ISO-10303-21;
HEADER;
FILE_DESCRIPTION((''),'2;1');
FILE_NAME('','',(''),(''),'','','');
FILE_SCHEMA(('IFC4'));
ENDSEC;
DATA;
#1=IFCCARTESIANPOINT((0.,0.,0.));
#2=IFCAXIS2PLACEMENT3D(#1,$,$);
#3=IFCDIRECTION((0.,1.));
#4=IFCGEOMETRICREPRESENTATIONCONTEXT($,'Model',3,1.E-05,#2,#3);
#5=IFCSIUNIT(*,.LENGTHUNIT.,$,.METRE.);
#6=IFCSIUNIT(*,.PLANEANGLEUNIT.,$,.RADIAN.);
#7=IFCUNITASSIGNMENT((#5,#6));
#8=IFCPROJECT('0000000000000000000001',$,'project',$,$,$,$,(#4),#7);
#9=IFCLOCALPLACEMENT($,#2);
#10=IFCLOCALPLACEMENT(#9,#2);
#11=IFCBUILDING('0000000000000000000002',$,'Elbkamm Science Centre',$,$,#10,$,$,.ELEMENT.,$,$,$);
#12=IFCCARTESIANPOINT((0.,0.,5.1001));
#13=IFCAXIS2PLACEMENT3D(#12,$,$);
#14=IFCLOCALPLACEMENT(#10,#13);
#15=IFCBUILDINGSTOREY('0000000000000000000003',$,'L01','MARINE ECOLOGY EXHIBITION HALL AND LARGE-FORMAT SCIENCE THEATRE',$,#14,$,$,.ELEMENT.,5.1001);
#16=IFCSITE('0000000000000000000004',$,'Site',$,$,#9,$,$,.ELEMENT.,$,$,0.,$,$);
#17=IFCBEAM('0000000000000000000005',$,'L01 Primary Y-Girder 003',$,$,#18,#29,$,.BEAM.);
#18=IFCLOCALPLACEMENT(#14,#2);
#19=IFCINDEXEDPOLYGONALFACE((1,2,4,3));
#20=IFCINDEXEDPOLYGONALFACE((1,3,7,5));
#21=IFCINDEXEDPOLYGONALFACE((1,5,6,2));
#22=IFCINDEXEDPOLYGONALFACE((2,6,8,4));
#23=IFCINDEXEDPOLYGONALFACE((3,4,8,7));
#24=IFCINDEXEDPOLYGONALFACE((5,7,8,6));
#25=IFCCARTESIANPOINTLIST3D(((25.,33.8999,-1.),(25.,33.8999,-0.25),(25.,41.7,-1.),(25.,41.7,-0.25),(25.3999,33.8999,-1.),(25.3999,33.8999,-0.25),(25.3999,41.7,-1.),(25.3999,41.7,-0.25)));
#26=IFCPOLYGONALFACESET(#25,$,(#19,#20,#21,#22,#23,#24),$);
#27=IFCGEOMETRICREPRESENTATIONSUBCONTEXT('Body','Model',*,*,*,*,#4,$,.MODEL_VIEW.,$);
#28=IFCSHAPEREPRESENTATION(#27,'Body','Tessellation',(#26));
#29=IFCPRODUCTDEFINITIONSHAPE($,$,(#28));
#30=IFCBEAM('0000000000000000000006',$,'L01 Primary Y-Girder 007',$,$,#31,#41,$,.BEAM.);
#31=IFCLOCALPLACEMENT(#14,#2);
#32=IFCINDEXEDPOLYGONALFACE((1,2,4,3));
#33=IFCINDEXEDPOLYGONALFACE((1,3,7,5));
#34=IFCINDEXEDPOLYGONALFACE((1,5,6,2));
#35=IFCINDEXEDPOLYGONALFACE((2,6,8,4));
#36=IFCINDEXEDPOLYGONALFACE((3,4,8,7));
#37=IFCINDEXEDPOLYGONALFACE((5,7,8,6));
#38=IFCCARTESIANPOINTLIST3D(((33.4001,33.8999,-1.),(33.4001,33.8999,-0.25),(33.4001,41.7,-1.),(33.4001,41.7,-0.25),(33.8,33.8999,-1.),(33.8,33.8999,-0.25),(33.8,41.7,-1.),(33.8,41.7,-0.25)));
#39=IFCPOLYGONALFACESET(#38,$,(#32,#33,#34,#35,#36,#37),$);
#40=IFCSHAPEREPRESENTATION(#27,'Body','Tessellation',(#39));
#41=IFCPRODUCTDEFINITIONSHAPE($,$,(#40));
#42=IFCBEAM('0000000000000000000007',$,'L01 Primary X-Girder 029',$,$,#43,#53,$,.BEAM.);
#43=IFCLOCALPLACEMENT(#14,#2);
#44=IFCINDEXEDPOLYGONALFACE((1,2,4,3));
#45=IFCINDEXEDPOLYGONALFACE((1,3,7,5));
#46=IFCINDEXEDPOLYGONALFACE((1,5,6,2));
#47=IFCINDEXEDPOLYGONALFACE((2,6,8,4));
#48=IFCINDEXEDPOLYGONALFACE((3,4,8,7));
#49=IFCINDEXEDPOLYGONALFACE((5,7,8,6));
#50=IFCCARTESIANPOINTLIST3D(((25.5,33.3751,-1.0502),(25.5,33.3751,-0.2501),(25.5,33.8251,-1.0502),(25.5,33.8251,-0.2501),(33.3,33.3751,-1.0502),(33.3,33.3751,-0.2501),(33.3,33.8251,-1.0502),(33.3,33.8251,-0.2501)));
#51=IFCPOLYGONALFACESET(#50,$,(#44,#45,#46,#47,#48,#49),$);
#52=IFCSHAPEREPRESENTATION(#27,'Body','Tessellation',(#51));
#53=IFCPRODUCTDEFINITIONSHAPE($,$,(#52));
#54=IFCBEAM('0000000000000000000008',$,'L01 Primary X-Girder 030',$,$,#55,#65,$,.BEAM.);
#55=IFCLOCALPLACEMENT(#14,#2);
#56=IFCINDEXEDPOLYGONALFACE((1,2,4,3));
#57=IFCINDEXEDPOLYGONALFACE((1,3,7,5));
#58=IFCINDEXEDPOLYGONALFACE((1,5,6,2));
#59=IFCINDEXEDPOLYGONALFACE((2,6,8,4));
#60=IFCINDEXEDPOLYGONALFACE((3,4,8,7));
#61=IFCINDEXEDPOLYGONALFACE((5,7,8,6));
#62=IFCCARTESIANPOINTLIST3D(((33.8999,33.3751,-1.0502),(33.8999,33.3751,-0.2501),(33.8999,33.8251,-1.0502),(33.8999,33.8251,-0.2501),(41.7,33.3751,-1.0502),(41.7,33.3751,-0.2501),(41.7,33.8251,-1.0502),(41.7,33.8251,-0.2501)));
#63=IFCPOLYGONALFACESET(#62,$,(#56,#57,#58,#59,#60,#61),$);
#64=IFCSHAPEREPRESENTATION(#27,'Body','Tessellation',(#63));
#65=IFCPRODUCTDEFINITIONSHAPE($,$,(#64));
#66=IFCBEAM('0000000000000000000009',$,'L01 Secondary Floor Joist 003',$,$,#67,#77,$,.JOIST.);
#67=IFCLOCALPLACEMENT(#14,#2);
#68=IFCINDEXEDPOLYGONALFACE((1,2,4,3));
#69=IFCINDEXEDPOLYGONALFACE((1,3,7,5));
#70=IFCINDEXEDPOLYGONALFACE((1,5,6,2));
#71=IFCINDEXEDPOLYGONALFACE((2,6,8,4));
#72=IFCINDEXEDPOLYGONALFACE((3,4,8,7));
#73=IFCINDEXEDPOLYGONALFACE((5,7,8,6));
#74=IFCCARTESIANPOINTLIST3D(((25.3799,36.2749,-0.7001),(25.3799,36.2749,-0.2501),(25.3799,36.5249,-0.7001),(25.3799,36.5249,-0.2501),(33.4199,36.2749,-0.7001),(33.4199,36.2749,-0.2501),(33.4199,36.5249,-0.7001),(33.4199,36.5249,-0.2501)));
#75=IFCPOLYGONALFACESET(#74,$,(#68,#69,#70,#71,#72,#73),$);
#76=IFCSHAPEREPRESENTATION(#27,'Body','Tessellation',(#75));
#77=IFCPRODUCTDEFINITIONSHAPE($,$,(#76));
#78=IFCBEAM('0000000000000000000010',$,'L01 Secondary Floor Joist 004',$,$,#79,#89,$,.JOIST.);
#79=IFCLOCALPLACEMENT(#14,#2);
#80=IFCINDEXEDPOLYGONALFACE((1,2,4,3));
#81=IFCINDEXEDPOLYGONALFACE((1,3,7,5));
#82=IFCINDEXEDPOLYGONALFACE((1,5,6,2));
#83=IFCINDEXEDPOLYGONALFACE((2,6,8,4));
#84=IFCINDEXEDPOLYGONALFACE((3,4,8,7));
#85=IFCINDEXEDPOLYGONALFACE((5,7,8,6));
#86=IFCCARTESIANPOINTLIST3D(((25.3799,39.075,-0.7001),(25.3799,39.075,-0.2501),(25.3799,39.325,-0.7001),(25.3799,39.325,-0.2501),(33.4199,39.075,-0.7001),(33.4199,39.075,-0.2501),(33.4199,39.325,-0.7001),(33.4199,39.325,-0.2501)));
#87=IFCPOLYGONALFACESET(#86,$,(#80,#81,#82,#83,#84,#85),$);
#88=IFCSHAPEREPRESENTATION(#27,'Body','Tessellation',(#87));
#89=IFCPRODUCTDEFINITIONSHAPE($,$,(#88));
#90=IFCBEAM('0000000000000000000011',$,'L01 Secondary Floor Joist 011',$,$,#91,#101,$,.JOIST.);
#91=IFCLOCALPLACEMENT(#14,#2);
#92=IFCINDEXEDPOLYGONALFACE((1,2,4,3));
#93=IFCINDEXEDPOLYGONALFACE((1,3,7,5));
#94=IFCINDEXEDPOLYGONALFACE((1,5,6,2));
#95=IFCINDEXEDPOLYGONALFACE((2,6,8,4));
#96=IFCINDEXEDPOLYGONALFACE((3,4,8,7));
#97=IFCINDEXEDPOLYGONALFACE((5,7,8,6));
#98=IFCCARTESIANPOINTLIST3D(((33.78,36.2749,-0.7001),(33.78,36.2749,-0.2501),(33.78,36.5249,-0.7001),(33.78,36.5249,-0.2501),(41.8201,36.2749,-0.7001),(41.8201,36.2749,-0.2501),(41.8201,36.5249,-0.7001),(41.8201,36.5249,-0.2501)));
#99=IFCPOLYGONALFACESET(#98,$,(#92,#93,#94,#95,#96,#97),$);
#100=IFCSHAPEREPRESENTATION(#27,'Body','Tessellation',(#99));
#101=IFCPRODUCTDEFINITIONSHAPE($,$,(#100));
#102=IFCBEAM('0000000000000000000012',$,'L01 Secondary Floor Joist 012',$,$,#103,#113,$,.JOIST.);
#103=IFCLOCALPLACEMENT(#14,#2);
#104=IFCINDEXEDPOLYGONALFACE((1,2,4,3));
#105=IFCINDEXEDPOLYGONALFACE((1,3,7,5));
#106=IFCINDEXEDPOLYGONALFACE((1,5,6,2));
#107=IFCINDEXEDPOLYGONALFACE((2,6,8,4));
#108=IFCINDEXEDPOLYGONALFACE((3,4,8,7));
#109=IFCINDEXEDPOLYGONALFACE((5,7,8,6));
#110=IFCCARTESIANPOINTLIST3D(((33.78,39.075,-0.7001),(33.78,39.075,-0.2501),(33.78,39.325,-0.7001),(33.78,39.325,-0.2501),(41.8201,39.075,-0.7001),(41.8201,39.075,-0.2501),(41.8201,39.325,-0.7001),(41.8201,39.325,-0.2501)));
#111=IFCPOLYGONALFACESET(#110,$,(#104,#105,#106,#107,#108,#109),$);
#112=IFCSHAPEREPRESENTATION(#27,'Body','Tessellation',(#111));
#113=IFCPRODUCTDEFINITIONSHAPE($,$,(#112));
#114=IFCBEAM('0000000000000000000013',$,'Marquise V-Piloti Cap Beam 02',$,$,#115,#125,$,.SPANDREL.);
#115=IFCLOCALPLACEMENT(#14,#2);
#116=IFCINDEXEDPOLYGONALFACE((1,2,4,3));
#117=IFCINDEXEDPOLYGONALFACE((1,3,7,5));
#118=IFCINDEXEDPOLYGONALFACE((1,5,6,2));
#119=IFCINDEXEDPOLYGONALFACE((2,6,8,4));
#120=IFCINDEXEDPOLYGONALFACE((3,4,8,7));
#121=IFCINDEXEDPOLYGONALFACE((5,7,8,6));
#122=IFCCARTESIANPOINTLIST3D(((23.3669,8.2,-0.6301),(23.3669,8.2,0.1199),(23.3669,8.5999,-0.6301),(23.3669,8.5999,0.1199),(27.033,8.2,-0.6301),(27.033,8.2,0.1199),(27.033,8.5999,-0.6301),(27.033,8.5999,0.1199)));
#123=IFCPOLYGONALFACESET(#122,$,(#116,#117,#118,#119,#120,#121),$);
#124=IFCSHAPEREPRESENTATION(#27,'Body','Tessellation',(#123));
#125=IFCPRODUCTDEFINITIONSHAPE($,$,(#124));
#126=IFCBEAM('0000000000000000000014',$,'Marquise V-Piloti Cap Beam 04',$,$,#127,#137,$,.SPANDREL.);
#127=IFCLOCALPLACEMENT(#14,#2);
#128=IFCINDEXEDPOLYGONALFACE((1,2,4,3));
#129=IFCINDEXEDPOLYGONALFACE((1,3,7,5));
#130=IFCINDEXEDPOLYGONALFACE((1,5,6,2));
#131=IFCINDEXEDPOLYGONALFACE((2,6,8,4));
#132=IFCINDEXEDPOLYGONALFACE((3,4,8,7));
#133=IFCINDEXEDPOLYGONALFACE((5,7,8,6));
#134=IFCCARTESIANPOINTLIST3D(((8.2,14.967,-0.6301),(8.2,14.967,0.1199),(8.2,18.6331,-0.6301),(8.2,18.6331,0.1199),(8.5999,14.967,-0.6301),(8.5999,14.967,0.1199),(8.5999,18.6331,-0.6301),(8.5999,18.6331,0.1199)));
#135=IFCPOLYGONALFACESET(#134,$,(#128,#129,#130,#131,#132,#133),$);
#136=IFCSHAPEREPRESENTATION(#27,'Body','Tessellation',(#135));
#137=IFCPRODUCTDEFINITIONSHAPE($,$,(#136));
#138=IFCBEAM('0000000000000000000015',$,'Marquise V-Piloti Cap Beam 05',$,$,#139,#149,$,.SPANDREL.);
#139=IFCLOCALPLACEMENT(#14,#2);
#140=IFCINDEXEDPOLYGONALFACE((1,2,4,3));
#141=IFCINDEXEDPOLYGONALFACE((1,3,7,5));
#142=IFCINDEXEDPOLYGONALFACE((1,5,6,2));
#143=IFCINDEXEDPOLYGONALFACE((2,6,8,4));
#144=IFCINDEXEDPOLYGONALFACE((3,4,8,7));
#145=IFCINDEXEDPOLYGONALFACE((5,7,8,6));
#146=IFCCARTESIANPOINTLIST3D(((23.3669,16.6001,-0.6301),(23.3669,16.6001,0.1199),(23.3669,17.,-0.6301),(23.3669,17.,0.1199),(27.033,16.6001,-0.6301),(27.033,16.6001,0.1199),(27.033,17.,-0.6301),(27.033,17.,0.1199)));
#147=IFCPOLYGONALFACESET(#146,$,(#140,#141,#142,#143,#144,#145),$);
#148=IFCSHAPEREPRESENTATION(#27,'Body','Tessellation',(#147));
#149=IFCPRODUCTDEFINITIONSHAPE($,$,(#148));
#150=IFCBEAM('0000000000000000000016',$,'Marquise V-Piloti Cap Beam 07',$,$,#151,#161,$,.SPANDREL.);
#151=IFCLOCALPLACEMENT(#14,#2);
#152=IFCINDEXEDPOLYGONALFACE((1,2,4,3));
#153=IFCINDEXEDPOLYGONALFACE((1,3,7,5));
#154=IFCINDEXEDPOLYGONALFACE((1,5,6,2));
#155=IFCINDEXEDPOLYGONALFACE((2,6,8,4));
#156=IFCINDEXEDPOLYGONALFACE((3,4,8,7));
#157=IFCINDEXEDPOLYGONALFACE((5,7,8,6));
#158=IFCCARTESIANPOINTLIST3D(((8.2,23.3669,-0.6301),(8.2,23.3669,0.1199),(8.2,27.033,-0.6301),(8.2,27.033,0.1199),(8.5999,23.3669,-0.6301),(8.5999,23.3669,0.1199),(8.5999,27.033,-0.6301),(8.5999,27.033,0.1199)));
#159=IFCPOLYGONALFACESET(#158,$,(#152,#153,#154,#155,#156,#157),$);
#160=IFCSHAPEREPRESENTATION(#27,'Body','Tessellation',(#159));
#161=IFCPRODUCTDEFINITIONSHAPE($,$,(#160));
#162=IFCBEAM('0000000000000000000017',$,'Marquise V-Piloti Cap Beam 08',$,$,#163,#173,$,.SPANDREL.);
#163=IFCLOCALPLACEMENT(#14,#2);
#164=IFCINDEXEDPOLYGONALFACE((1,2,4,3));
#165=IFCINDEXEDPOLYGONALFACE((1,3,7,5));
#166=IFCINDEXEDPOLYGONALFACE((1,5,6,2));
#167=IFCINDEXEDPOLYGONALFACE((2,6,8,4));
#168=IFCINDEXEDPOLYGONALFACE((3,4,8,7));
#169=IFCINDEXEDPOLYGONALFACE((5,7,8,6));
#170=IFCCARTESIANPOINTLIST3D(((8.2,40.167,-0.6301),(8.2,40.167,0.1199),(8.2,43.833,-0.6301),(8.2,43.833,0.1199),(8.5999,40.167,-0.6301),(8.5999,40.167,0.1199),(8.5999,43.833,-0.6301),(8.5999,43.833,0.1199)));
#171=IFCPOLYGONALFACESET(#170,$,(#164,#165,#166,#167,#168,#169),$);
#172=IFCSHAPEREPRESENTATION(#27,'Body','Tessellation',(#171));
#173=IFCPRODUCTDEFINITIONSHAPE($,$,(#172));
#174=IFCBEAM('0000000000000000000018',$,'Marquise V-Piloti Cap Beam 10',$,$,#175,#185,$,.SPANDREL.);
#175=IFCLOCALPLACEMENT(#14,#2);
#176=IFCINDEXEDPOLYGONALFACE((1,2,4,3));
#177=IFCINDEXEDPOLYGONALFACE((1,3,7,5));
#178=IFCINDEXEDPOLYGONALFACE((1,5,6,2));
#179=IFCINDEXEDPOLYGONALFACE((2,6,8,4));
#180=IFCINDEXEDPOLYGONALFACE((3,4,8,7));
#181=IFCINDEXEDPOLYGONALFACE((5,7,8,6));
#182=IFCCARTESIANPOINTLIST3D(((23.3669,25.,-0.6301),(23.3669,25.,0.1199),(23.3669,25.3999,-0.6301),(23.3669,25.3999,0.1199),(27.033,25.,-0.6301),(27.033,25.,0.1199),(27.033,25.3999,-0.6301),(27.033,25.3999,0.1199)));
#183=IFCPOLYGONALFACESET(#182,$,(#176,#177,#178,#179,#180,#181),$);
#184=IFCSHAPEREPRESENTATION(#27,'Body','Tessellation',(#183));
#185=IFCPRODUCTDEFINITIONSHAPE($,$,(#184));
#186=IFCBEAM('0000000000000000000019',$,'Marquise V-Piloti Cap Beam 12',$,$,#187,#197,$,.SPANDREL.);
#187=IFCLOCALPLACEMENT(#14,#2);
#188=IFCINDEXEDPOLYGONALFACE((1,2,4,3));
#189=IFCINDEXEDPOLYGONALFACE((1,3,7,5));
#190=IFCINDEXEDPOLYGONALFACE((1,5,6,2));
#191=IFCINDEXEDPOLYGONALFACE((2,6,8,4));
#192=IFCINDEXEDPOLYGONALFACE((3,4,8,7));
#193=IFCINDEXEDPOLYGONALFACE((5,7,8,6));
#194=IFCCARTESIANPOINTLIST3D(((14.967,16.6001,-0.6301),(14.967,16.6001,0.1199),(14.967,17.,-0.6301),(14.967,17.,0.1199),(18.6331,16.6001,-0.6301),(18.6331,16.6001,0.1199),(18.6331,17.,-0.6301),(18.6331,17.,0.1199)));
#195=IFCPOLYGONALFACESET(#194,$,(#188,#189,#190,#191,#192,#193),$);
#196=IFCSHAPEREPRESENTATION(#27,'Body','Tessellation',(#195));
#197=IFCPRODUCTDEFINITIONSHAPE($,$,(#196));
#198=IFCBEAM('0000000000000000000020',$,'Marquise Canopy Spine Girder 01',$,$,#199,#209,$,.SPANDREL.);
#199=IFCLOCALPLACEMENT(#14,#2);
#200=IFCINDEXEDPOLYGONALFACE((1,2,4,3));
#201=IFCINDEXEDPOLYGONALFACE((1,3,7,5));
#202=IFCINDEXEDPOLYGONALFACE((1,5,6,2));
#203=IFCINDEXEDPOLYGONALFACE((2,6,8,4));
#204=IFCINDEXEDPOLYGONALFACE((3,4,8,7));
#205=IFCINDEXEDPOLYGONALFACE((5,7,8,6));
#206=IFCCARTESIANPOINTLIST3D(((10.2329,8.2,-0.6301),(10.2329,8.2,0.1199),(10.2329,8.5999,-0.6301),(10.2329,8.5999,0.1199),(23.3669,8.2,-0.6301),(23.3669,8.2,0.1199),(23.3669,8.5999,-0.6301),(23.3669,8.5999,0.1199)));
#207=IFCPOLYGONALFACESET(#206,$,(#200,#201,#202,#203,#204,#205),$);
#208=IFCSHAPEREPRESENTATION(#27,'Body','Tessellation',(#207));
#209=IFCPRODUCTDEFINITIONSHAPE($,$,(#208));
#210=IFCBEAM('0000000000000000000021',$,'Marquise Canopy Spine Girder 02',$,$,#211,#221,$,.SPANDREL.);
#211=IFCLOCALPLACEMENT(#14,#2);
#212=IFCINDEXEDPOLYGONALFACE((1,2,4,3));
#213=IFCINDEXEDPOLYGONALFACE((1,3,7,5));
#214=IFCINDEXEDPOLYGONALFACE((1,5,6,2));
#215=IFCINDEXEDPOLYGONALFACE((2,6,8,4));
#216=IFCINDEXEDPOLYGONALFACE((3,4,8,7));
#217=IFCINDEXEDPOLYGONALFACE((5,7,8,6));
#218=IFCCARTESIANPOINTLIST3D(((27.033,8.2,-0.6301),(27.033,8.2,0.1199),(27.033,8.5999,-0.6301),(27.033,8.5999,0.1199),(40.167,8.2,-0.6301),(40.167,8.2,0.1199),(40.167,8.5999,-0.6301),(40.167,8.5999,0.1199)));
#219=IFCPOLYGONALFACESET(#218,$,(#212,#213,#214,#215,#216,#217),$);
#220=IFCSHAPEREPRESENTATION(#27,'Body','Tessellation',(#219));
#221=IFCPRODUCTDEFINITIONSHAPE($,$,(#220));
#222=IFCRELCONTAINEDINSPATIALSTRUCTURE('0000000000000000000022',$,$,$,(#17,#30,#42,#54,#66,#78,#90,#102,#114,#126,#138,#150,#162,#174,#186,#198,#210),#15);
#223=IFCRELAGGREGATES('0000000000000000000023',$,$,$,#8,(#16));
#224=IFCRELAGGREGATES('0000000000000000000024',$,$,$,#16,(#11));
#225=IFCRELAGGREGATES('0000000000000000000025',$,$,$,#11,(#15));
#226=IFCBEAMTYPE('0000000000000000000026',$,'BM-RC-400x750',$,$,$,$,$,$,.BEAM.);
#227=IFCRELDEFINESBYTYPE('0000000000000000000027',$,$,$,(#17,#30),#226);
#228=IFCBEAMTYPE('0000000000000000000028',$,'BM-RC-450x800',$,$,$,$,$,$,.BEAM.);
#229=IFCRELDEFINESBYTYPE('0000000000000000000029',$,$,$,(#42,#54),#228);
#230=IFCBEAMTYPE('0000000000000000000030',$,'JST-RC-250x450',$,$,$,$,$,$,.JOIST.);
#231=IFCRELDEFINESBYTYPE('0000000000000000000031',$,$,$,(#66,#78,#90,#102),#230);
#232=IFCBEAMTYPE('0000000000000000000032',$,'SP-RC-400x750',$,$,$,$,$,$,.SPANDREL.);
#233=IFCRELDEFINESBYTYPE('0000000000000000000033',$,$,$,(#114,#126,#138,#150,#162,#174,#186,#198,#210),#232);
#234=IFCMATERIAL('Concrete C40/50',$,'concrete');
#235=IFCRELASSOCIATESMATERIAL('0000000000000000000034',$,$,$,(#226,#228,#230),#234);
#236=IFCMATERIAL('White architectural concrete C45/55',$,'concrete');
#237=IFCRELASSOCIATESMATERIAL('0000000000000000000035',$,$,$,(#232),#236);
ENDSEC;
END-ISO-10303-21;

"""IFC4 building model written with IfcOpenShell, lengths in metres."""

from ifc_helpers import new_model, si_unit, direction, frame, origin, origin_2d, place, context, subcontext, project, spatial, rectangle, extrude, material, material_profile, profile_set, type_object, element, save


model = new_model("IFC4")

# Units and contexts
model_context = context("Model", 3, precision=1e-05, world=origin(), true_north=direction((0.0, 1.0)))
body_context = subcontext(model_context, "Body", "Model", "MODEL_VIEW")
ifc_project = project(units=[si_unit("LENGTHUNIT", "METRE"), si_unit("PLANEANGLEUNIT", "RADIAN")], contexts=[model_context])

# Site, building, storey
site_placement = place(None, origin())
site = spatial("IfcSite", under=ifc_project, at=site_placement, Name="Site", CompositionType="ELEMENT", RefElevation=0.0)
building_placement = place(site_placement, origin())
building = spatial("IfcBuilding", under=site, at=building_placement, Name="Elbkamm Science Centre", CompositionType="ELEMENT")
storey_placement = place(building_placement, frame((0.0, 0.0, 5.1001)))
storey = spatial("IfcBuildingStorey", under=building, at=storey_placement, Name="L01", Description="MARINE ECOLOGY EXHIBITION HALL AND LARGE-FORMAT SCIENCE THEATRE", CompositionType="ELEMENT", Elevation=5.1001)

# Beams
ifc_material_1 = material(Name="Concrete C40/50", Category="concrete")
ifc_material_profile_1 = material_profile(ifc_material_1, rectangle(XDim=0.3999, YDim=0.75, at=origin_2d()), Name="RC 400x750")
ifc_profile_set_1 = profile_set([ifc_material_profile_1], Name="Concrete C40/50")
beam_type_1 = type_object("IfcBeamType", Name="BM-RC-400x750", PredefinedType="BEAM", material=ifc_profile_set_1)
for number, where, z_axis, x_axis, name in (
    (1, (25.2, 33.8999, -0.625), (0.0, 1.0, 0.0), (-1.0, 0.0, 0.0), "L01 Primary Y-Girder 003"),
    (2, (33.6001, 33.8999, -0.625), (0.0, 1.0, 0.0), (-1.0, 0.0, 0.0), "L01 Primary Y-Girder 007"),
):
    element("IfcBeam", number, at=place(storey_placement, frame(where, z_axis=z_axis, x_axis=x_axis)), inside=storey, type_object=beam_type_1, Name=name, PredefinedType="BEAM", context=body_context, shape_type="SweptSolid", body=[
        extrude(rectangle(XDim=0.3999, YDim=0.75, at=origin_2d()), origin(), (0.0, 0.0, 1.0), 7.8),
    ])
ifc_material_profile_2 = material_profile(ifc_material_1, rectangle(XDim=0.45, YDim=0.8, at=origin_2d()), Name="RC 450x800")
ifc_profile_set_2 = profile_set([ifc_material_profile_2], Name="Concrete C40/50")
beam_type_2 = type_object("IfcBeamType", Name="BM-RC-450x800", PredefinedType="BEAM", material=ifc_profile_set_2)
for number, where, z_axis, x_axis, name in (
    (3, (25.5, 33.6001, -0.6501), (1.0, 0.0, 0.0), (0.0, 1.0, 0.0), "L01 Primary X-Girder 029"),
    (4, (33.8999, 33.6001, -0.6501), (1.0, 0.0, 0.0), (0.0, 1.0, 0.0), "L01 Primary X-Girder 030"),
):
    element("IfcBeam", number, at=place(storey_placement, frame(where, z_axis=z_axis, x_axis=x_axis)), inside=storey, type_object=beam_type_2, Name=name, PredefinedType="BEAM", context=body_context, shape_type="SweptSolid", body=[
        extrude(rectangle(XDim=0.45, YDim=0.8, at=origin_2d()), origin(), (0.0, 0.0, 1.0), 7.8),
    ])
ifc_material_profile_3 = material_profile(ifc_material_1, rectangle(XDim=0.25, YDim=0.45, at=origin_2d()), Name="RC 250x450")
ifc_profile_set_3 = profile_set([ifc_material_profile_3], Name="Concrete C40/50")
beam_type_3 = type_object("IfcBeamType", Name="JST-RC-250x450", PredefinedType="JOIST", material=ifc_profile_set_3)
for number, where, z_axis, x_axis, name in (
    (5, (25.3799, 36.3999, -0.4751), (1.0, 0.0, 0.0), (0.0, 1.0, 0.0), "L01 Secondary Floor Joist 003"),
    (6, (25.3799, 39.2, -0.4751), (1.0, 0.0, 0.0), (0.0, 1.0, 0.0), "L01 Secondary Floor Joist 004"),
    (7, (33.78, 36.3999, -0.4751), (1.0, 0.0, 0.0), (0.0, 1.0, 0.0), "L01 Secondary Floor Joist 011"),
    (8, (33.78, 39.2, -0.4751), (1.0, 0.0, 0.0), (0.0, 1.0, 0.0), "L01 Secondary Floor Joist 012"),
):
    element("IfcBeam", number, at=place(storey_placement, frame(where, z_axis=z_axis, x_axis=x_axis)), inside=storey, type_object=beam_type_3, Name=name, PredefinedType="JOIST", context=body_context, shape_type="SweptSolid", body=[
        extrude(rectangle(XDim=0.25, YDim=0.45, at=origin_2d()), origin(), (0.0, 0.0, 1.0), 8.04),
    ])
ifc_material_2 = material(Name="White architectural concrete C45/55", Category="concrete")
ifc_material_profile_4 = material_profile(ifc_material_2, rectangle(XDim=0.3999, YDim=0.75, at=origin_2d()), Name="RC 400x750")
ifc_profile_set_4 = profile_set([ifc_material_profile_4], Name="White architectural concrete C45/55")
beam_type_4 = type_object("IfcBeamType", Name="SP-RC-400x750", PredefinedType="SPANDREL", material=ifc_profile_set_4)
for number, where, z_axis, x_axis, name in (
    (9, (23.3669, 8.3999, -0.2551), (1.0, 0.0, 0.0), (0.0, 1.0, 0.0), "Marquise V-Piloti Cap Beam 02"),
    (10, (8.3999, 14.967, -0.2551), (0.0, 1.0, 0.0), (-1.0, 0.0, 0.0), "Marquise V-Piloti Cap Beam 04"),
    (11, (23.3669, 16.8, -0.2551), (1.0, 0.0, 0.0), (0.0, 1.0, 0.0), "Marquise V-Piloti Cap Beam 05"),
    (12, (8.3999, 23.3669, -0.2551), (0.0, 1.0, 0.0), (-1.0, 0.0, 0.0), "Marquise V-Piloti Cap Beam 07"),
    (13, (8.3999, 40.167, -0.2551), (0.0, 1.0, 0.0), (-1.0, 0.0, 0.0), "Marquise V-Piloti Cap Beam 08"),
    (14, (23.3669, 25.2, -0.2551), (1.0, 0.0, 0.0), (0.0, 1.0, 0.0), "Marquise V-Piloti Cap Beam 10"),
    (15, (14.967, 16.8, -0.2551), (1.0, 0.0, 0.0), (0.0, 1.0, 0.0), "Marquise V-Piloti Cap Beam 12"),
):
    element("IfcBeam", number, at=place(storey_placement, frame(where, z_axis=z_axis, x_axis=x_axis)), inside=storey, type_object=beam_type_4, Name=name, PredefinedType="SPANDREL", context=body_context, shape_type="SweptSolid", body=[
        extrude(rectangle(XDim=0.3999, YDim=0.75, at=origin_2d()), origin(), (0.0, 0.0, 1.0), 3.666),
    ])
for number, where, z_axis, x_axis, name in (
    (16, (10.2329, 8.3999, -0.2551), (1.0, 0.0, 0.0), (0.0, 1.0, 0.0), "Marquise Canopy Spine Girder 01"),
    (17, (27.033, 8.3999, -0.2551), (1.0, 0.0, 0.0), (0.0, 1.0, 0.0), "Marquise Canopy Spine Girder 02"),
):
    element("IfcBeam", number, at=place(storey_placement, frame(where, z_axis=z_axis, x_axis=x_axis)), inside=storey, type_object=beam_type_4, Name=name, PredefinedType="SPANDREL", context=body_context, shape_type="SweptSolid", body=[
        extrude(rectangle(XDim=0.3999, YDim=0.75, at=origin_2d()), origin(), (0.0, 0.0, 1.0), 13.134),
    ])

save(model, "model.ifc")
